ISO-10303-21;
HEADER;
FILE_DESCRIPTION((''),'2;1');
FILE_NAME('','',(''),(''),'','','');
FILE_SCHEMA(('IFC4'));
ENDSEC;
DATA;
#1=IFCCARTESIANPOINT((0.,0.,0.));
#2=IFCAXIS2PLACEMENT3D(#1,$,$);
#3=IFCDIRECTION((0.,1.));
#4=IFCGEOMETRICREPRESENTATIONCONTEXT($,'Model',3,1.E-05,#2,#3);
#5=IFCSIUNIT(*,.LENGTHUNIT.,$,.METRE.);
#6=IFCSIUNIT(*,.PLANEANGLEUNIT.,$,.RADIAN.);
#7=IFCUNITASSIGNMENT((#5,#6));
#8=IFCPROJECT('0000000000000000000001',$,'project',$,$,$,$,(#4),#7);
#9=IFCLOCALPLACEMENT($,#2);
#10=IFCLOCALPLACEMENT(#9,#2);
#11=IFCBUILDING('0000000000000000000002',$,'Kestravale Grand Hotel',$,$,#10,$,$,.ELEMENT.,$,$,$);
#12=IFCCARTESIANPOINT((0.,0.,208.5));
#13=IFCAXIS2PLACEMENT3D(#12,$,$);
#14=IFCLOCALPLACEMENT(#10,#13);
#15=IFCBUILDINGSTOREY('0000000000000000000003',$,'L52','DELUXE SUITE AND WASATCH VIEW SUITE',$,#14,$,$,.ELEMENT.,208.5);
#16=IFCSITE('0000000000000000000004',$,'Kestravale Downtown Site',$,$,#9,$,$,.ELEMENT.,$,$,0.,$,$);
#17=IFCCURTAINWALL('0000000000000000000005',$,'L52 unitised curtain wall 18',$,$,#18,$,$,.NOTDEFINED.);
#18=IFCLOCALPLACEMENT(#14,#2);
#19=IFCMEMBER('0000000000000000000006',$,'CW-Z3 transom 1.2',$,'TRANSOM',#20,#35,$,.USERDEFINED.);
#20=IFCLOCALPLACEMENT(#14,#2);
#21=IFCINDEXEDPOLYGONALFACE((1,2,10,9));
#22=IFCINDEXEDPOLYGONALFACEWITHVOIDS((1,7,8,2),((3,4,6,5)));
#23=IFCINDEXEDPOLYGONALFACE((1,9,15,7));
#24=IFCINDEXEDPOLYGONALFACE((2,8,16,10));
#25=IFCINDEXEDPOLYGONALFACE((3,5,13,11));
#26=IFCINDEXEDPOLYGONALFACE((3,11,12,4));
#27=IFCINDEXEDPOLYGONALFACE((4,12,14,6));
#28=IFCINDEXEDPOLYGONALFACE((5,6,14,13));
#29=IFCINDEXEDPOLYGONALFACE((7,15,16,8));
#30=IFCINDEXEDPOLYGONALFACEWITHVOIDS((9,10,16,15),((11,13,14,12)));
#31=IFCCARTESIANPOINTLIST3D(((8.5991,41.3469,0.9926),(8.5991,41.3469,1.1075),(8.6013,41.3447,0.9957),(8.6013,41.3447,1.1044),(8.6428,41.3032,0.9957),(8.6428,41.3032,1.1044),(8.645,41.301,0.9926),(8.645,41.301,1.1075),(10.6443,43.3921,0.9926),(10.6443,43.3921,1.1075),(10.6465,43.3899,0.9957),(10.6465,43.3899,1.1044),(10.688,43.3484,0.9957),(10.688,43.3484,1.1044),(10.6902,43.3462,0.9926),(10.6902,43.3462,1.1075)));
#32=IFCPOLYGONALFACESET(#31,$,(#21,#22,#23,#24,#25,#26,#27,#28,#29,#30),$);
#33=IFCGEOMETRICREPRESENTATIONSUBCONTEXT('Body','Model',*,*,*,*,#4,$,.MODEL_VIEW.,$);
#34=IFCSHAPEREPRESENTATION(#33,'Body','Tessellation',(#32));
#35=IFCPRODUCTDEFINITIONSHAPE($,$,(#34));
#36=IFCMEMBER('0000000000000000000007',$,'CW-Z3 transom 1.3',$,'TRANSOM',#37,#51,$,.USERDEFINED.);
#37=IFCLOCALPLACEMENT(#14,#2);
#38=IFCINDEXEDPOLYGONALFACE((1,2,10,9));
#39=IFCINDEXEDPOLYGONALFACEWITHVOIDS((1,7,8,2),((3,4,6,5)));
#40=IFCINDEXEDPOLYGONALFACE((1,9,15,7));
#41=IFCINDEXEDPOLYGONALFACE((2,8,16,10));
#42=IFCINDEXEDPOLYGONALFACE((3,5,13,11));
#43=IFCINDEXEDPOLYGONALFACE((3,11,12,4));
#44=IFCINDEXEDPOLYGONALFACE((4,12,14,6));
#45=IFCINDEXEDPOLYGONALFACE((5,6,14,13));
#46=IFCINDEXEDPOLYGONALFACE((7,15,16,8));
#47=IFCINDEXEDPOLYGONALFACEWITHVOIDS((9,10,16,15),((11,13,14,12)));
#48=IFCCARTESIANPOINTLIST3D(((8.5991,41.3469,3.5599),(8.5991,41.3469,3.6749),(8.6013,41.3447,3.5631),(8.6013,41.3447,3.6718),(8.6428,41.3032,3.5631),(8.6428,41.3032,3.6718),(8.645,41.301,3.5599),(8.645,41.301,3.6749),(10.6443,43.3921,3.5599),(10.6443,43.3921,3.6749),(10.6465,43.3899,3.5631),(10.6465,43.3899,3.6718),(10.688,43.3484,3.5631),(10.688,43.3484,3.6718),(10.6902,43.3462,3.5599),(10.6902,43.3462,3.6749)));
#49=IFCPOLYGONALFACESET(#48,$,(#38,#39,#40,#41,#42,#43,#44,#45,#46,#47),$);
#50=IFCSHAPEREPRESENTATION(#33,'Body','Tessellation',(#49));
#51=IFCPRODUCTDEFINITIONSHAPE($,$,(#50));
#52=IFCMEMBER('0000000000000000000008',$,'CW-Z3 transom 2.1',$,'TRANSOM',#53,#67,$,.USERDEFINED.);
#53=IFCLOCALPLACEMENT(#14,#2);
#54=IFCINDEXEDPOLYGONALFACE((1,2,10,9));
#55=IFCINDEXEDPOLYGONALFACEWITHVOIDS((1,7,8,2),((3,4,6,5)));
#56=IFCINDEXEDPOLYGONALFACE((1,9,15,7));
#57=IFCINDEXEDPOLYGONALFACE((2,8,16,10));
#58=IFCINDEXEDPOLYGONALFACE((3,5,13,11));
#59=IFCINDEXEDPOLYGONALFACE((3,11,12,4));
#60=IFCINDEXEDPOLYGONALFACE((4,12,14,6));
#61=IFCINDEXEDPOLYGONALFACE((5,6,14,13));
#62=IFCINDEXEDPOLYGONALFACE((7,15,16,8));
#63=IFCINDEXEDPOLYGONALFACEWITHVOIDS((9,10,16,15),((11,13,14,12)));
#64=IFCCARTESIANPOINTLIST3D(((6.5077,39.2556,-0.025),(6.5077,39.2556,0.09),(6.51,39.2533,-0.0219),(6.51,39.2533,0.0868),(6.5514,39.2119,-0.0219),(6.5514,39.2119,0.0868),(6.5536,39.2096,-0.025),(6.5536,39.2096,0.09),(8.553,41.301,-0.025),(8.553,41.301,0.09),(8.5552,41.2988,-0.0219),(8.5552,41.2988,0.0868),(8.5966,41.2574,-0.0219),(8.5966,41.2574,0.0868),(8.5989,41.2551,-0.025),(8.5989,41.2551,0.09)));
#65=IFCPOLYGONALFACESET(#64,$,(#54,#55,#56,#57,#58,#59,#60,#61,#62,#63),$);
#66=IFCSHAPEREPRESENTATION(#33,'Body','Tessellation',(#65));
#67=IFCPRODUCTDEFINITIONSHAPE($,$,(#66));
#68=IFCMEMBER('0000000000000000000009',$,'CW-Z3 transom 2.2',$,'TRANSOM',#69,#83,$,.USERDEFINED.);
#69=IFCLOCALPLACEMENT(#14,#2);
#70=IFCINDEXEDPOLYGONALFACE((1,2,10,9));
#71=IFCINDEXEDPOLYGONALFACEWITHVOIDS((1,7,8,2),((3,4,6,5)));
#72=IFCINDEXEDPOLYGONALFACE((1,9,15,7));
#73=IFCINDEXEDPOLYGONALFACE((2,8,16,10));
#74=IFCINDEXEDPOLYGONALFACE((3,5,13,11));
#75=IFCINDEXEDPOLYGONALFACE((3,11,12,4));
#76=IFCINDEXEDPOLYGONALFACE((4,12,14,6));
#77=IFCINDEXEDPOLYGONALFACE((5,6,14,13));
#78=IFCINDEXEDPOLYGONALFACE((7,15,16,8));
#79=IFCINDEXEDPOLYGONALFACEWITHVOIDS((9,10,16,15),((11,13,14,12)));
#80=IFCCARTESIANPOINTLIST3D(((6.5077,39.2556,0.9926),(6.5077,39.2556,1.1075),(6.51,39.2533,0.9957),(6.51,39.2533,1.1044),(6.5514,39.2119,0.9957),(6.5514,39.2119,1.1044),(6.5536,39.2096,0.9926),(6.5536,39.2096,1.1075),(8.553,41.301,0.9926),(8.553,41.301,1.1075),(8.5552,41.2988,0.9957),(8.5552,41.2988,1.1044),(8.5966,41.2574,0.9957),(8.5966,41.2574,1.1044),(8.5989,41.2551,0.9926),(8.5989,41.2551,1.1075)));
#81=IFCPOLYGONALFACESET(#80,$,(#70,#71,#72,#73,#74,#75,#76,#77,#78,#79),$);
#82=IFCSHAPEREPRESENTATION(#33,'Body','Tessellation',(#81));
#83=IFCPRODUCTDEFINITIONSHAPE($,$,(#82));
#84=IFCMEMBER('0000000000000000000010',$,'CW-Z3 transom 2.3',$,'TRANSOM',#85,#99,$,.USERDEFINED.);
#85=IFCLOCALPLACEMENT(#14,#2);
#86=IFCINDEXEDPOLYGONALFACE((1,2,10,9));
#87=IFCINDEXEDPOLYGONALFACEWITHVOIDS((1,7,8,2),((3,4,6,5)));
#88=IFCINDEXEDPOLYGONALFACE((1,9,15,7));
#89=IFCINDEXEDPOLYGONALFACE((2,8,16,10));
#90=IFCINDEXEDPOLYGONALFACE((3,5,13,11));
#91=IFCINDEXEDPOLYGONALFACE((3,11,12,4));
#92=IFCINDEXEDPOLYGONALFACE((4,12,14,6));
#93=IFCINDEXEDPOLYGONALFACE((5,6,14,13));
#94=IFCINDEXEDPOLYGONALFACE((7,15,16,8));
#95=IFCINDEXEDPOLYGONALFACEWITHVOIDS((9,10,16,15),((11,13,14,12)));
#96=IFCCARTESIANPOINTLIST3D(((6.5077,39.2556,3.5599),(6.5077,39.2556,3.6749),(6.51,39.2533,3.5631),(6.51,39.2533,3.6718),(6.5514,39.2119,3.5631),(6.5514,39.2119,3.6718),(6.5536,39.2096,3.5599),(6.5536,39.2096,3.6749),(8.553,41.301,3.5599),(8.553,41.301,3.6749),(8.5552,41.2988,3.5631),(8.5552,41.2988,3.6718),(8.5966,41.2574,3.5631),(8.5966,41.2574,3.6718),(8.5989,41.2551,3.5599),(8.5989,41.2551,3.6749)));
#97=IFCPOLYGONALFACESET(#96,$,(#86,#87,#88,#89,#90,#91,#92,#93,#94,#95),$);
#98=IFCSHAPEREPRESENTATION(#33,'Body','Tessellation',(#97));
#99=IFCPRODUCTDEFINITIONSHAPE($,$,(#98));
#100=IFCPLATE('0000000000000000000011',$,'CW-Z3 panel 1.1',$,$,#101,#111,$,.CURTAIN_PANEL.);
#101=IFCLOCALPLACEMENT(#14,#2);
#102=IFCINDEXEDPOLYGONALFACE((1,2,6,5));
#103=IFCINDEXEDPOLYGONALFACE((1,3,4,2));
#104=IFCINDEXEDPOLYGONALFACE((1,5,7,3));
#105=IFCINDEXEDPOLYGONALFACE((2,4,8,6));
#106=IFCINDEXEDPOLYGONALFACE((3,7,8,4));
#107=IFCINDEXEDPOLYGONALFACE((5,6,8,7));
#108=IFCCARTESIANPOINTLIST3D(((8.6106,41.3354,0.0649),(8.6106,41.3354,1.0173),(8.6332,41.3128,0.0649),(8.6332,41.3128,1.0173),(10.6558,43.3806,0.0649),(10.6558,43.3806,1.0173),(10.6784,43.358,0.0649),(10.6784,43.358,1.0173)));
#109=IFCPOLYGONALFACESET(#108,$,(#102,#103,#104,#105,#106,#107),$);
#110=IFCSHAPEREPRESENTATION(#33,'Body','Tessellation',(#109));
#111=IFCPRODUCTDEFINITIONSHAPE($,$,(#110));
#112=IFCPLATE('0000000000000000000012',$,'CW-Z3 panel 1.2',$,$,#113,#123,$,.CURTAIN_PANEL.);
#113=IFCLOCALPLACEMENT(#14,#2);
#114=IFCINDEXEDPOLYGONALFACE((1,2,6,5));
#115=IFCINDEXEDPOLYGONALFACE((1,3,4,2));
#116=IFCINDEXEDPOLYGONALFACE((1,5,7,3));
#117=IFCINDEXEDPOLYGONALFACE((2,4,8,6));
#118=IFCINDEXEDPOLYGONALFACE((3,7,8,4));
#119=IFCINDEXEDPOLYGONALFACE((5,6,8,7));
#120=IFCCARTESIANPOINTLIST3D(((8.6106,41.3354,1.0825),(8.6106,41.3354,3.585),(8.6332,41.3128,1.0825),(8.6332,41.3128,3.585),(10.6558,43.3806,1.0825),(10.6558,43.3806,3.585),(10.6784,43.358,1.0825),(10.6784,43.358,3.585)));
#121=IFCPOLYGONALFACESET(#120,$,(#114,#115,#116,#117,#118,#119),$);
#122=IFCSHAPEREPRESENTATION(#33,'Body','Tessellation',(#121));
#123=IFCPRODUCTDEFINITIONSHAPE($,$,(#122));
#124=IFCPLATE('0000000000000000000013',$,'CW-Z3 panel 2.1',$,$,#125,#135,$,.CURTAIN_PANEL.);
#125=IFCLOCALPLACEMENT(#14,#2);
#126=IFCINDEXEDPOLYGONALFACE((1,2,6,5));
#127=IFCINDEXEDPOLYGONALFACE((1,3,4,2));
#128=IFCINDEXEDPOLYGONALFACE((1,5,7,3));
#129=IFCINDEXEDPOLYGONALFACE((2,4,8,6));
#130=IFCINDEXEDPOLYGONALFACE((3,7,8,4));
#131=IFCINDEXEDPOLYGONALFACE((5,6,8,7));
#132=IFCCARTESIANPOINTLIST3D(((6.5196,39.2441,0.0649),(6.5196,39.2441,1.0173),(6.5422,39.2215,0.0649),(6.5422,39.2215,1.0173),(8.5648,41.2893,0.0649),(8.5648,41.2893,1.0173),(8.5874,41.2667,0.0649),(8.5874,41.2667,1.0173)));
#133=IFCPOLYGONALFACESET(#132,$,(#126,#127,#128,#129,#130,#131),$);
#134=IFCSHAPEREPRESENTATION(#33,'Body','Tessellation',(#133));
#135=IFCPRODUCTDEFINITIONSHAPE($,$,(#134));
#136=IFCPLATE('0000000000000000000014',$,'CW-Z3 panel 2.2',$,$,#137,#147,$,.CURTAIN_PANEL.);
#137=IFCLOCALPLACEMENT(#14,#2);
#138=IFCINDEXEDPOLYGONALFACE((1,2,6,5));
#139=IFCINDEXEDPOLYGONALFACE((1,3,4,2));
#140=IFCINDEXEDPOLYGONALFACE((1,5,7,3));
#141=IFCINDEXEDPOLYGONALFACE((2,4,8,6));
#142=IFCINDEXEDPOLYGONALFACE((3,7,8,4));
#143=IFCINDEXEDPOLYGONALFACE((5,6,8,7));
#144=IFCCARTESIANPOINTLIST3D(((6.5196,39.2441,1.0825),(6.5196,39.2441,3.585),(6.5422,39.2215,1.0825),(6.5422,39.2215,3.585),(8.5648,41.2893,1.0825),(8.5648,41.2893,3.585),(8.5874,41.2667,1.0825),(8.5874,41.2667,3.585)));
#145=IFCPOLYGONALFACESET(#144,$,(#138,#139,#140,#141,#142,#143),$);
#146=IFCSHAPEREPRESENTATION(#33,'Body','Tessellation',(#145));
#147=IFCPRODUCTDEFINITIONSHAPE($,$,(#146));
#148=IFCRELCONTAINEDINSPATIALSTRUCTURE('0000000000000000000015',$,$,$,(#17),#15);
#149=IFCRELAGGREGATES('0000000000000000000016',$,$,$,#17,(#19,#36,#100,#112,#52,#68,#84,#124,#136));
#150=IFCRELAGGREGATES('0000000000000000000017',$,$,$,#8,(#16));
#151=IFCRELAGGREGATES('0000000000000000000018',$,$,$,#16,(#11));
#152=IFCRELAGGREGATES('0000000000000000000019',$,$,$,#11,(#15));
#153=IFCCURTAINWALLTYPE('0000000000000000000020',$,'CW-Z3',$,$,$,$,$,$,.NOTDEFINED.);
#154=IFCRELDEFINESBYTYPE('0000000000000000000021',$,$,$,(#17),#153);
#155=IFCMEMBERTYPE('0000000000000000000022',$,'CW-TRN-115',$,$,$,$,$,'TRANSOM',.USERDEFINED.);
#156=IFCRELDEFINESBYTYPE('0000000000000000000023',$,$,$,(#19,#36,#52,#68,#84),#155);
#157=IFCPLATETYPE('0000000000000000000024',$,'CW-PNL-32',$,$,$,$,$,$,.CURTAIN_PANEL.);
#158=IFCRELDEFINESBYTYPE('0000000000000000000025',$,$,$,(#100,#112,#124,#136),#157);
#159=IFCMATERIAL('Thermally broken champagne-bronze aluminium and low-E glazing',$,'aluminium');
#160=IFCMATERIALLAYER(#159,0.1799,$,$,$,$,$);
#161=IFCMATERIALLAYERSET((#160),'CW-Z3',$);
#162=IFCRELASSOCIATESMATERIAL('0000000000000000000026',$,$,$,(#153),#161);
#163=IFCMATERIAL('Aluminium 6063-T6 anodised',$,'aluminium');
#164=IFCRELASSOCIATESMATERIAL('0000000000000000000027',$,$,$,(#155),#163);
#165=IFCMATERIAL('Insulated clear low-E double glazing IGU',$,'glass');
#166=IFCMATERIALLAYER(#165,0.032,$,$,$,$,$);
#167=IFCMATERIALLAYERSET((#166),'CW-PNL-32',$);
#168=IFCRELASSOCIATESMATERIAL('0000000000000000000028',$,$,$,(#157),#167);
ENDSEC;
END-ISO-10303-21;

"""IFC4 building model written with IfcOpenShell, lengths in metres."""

from ifc_helpers import new_model, si_unit, direction, frame, origin, origin_2d, place, context, subcontext, project, spatial, rectangle, hollow_rectangle, extrude, material, layer, layer_set, material_profile, profile_set, type_object, element, aggregate, save


model = new_model("IFC4")

# Units and contexts
model_context = context("Model", 3, precision=1e-05, world=origin(), true_north=direction((0.0, 1.0)))
body_context = subcontext(model_context, "Body", "Model", "MODEL_VIEW")
ifc_project = project(units=[si_unit("LENGTHUNIT", "METRE"), si_unit("PLANEANGLEUNIT", "RADIAN")], contexts=[model_context])

# Site, building, storey
site_placement = place(None, origin())
site = spatial("IfcSite", under=ifc_project, at=site_placement, Name="Kestravale Downtown Site", CompositionType="ELEMENT", RefElevation=0.0)
building_placement = place(site_placement, origin())
building = spatial("IfcBuilding", under=site, at=building_placement, Name="Kestravale Grand Hotel", CompositionType="ELEMENT")
storey_placement = place(building_placement, frame((0.0, 0.0, 208.5)))
storey = spatial("IfcBuildingStorey", under=building, at=storey_placement, Name="L52", Description="DELUXE SUITE AND WASATCH VIEW SUITE", CompositionType="ELEMENT", Elevation=208.5)

# Curtain wall, members, plates
ifc_material_1 = material(Name="Thermally broken champagne-bronze aluminium and low-E glazing", Category="aluminium")
ifc_layer_1 = layer(ifc_material_1, 0.1799)
ifc_layer_set_1 = layer_set([ifc_layer_1], Name="CW-Z3")
curtain_wall_type = type_object("IfcCurtainWallType", Name="CW-Z3", PredefinedType="NOTDEFINED", material=ifc_layer_set_1)
curtain_wall_placement = place(storey_placement, origin())
curtain_wall = element("IfcCurtainWall", 1, at=curtain_wall_placement, inside=storey, type_object=curtain_wall_type, Name="L52 unitised curtain wall 18", PredefinedType="NOTDEFINED")
ifc_material_2 = material(Name="Aluminium 6063-T6 anodised", Category="aluminium")
ifc_material_profile_1 = material_profile(ifc_material_2, hollow_rectangle(XDim=0.0649, YDim=0.115, WallThickness=0.0032, at=origin_2d()))
ifc_profile_set_1 = profile_set([ifc_material_profile_1], Name="Aluminium 6063-T6 anodised")
member_type_1 = type_object("IfcMemberType", Name="CW-TRN-115", ElementType="TRANSOM", PredefinedType="USERDEFINED", material=ifc_profile_set_1)
member_1_placement = place(storey_placement, frame((10.6672, 43.3691, 1.05), z_axis=(-0.707107, -0.707107, 0.0), x_axis=(0.707107, -0.707107, 0.0)))
member_1 = element("IfcMember", 2, at=member_1_placement, type_object=member_type_1, Name="CW-Z3 transom 1.2", ObjectType="TRANSOM", PredefinedType="USERDEFINED", context=body_context, shape_type="SweptSolid", body=[
    extrude(hollow_rectangle(XDim=0.0649, YDim=0.115, WallThickness=0.0032, at=origin_2d()), origin(), (0.0, 0.0, 1.0), 2.8923),
])
member_2_placement = place(storey_placement, frame((10.6672, 43.3691, 3.6174), z_axis=(-0.707107, -0.707107, 0.0), x_axis=(0.707107, -0.707107, 0.0)))
member_2 = element("IfcMember", 3, at=member_2_placement, type_object=member_type_1, Name="CW-Z3 transom 1.3", ObjectType="TRANSOM", PredefinedType="USERDEFINED", context=body_context, shape_type="SweptSolid", body=[
    extrude(hollow_rectangle(XDim=0.0649, YDim=0.115, WallThickness=0.0032, at=origin_2d()), origin(), (0.0, 0.0, 1.0), 2.8923),
])
member_3_placement = place(storey_placement, frame((8.5759, 41.2781, 0.0325), z_axis=(-0.707065, -0.707149, 0.0), x_axis=(0.707149, -0.707065, 0.0)))
member_3 = element("IfcMember", 4, at=member_3_placement, type_object=member_type_1, Name="CW-Z3 transom 2.1", ObjectType="TRANSOM", PredefinedType="USERDEFINED", context=body_context, shape_type="SweptSolid", body=[
    extrude(hollow_rectangle(XDim=0.0649, YDim=0.115, WallThickness=0.0032, at=origin_2d()), origin(), (0.0, 0.0, 1.0), 2.8926),
])
member_4_placement = place(storey_placement, frame((8.5759, 41.2781, 1.05), z_axis=(-0.707065, -0.707149, 0.0), x_axis=(0.707149, -0.707065, 0.0)))
member_4 = element("IfcMember", 5, at=member_4_placement, type_object=member_type_1, Name="CW-Z3 transom 2.2", ObjectType="TRANSOM", PredefinedType="USERDEFINED", context=body_context, shape_type="SweptSolid", body=[
    extrude(hollow_rectangle(XDim=0.0649, YDim=0.115, WallThickness=0.0032, at=origin_2d()), origin(), (0.0, 0.0, 1.0), 2.8926),
])
member_5_placement = place(storey_placement, frame((8.5759, 41.2781, 3.6174), z_axis=(-0.707065, -0.707149, 0.0), x_axis=(0.707149, -0.707065, 0.0)))
member_5 = element("IfcMember", 6, at=member_5_placement, type_object=member_type_1, Name="CW-Z3 transom 2.3", ObjectType="TRANSOM", PredefinedType="USERDEFINED", context=body_context, shape_type="SweptSolid", body=[
    extrude(hollow_rectangle(XDim=0.0649, YDim=0.115, WallThickness=0.0032, at=origin_2d()), origin(), (0.0, 0.0, 1.0), 2.8926),
])
ifc_material_3 = material(Name="Insulated clear low-E double glazing IGU", Category="glass")
ifc_layer_2 = layer(ifc_material_3, 0.032)
ifc_layer_set_2 = layer_set([ifc_layer_2], Name="CW-PNL-32")
plate_type = type_object("IfcPlateType", Name="CW-PNL-32", PredefinedType="CURTAIN_PANEL", material=ifc_layer_set_2)
plate_1_placement = place(storey_placement, frame((9.6445, 42.3467, 0.0649), z_axis=(0.0, 0.0, 1.0), x_axis=(-0.707107, -0.707107, 0.0)))
plate_1 = element("IfcPlate", 7, at=plate_1_placement, type_object=plate_type, Name="CW-Z3 panel 1.1", PredefinedType="CURTAIN_PANEL", context=body_context, shape_type="SweptSolid", body=[
    extrude(rectangle(XDim=2.8923, YDim=0.032, at=origin_2d()), origin(), (0.0, 0.0, 1.0), 0.9524),
])
plate_2_placement = place(storey_placement, frame((9.6445, 42.3467, 1.0825), z_axis=(0.0, 0.0, 1.0), x_axis=(-0.707107, -0.707107, 0.0)))
plate_2 = element("IfcPlate", 8, at=plate_2_placement, type_object=plate_type, Name="CW-Z3 panel 1.2", PredefinedType="CURTAIN_PANEL", context=body_context, shape_type="SweptSolid", body=[
    extrude(rectangle(XDim=2.8923, YDim=0.032, at=origin_2d()), origin(), (0.0, 0.0, 1.0), 2.5024),
])
plate_3_placement = place(storey_placement, frame((7.5535, 40.2554, 0.0649), z_axis=(0.0, 0.0, 1.0), x_axis=(-0.707107, -0.707107, 0.0)))
plate_3 = element("IfcPlate", 9, at=plate_3_placement, type_object=plate_type, Name="CW-Z3 panel 2.1", PredefinedType="CURTAIN_PANEL", context=body_context, shape_type="SweptSolid", body=[
    extrude(rectangle(XDim=2.8923, YDim=0.032, at=origin_2d()), origin(), (0.0, 0.0, 1.0), 0.9524),
])
plate_4_placement = place(storey_placement, frame((7.5535, 40.2554, 1.0825), z_axis=(0.0, 0.0, 1.0), x_axis=(-0.707107, -0.707107, 0.0)))
plate_4 = element("IfcPlate", 10, at=plate_4_placement, type_object=plate_type, Name="CW-Z3 panel 2.2", PredefinedType="CURTAIN_PANEL", context=body_context, shape_type="SweptSolid", body=[
    extrude(rectangle(XDim=2.8923, YDim=0.032, at=origin_2d()), origin(), (0.0, 0.0, 1.0), 2.5024),
])
aggregate(curtain_wall, [member_1, member_2, plate_1, plate_2, member_3, member_4, member_5, plate_3, plate_4])

save(model, "model.ifc")
